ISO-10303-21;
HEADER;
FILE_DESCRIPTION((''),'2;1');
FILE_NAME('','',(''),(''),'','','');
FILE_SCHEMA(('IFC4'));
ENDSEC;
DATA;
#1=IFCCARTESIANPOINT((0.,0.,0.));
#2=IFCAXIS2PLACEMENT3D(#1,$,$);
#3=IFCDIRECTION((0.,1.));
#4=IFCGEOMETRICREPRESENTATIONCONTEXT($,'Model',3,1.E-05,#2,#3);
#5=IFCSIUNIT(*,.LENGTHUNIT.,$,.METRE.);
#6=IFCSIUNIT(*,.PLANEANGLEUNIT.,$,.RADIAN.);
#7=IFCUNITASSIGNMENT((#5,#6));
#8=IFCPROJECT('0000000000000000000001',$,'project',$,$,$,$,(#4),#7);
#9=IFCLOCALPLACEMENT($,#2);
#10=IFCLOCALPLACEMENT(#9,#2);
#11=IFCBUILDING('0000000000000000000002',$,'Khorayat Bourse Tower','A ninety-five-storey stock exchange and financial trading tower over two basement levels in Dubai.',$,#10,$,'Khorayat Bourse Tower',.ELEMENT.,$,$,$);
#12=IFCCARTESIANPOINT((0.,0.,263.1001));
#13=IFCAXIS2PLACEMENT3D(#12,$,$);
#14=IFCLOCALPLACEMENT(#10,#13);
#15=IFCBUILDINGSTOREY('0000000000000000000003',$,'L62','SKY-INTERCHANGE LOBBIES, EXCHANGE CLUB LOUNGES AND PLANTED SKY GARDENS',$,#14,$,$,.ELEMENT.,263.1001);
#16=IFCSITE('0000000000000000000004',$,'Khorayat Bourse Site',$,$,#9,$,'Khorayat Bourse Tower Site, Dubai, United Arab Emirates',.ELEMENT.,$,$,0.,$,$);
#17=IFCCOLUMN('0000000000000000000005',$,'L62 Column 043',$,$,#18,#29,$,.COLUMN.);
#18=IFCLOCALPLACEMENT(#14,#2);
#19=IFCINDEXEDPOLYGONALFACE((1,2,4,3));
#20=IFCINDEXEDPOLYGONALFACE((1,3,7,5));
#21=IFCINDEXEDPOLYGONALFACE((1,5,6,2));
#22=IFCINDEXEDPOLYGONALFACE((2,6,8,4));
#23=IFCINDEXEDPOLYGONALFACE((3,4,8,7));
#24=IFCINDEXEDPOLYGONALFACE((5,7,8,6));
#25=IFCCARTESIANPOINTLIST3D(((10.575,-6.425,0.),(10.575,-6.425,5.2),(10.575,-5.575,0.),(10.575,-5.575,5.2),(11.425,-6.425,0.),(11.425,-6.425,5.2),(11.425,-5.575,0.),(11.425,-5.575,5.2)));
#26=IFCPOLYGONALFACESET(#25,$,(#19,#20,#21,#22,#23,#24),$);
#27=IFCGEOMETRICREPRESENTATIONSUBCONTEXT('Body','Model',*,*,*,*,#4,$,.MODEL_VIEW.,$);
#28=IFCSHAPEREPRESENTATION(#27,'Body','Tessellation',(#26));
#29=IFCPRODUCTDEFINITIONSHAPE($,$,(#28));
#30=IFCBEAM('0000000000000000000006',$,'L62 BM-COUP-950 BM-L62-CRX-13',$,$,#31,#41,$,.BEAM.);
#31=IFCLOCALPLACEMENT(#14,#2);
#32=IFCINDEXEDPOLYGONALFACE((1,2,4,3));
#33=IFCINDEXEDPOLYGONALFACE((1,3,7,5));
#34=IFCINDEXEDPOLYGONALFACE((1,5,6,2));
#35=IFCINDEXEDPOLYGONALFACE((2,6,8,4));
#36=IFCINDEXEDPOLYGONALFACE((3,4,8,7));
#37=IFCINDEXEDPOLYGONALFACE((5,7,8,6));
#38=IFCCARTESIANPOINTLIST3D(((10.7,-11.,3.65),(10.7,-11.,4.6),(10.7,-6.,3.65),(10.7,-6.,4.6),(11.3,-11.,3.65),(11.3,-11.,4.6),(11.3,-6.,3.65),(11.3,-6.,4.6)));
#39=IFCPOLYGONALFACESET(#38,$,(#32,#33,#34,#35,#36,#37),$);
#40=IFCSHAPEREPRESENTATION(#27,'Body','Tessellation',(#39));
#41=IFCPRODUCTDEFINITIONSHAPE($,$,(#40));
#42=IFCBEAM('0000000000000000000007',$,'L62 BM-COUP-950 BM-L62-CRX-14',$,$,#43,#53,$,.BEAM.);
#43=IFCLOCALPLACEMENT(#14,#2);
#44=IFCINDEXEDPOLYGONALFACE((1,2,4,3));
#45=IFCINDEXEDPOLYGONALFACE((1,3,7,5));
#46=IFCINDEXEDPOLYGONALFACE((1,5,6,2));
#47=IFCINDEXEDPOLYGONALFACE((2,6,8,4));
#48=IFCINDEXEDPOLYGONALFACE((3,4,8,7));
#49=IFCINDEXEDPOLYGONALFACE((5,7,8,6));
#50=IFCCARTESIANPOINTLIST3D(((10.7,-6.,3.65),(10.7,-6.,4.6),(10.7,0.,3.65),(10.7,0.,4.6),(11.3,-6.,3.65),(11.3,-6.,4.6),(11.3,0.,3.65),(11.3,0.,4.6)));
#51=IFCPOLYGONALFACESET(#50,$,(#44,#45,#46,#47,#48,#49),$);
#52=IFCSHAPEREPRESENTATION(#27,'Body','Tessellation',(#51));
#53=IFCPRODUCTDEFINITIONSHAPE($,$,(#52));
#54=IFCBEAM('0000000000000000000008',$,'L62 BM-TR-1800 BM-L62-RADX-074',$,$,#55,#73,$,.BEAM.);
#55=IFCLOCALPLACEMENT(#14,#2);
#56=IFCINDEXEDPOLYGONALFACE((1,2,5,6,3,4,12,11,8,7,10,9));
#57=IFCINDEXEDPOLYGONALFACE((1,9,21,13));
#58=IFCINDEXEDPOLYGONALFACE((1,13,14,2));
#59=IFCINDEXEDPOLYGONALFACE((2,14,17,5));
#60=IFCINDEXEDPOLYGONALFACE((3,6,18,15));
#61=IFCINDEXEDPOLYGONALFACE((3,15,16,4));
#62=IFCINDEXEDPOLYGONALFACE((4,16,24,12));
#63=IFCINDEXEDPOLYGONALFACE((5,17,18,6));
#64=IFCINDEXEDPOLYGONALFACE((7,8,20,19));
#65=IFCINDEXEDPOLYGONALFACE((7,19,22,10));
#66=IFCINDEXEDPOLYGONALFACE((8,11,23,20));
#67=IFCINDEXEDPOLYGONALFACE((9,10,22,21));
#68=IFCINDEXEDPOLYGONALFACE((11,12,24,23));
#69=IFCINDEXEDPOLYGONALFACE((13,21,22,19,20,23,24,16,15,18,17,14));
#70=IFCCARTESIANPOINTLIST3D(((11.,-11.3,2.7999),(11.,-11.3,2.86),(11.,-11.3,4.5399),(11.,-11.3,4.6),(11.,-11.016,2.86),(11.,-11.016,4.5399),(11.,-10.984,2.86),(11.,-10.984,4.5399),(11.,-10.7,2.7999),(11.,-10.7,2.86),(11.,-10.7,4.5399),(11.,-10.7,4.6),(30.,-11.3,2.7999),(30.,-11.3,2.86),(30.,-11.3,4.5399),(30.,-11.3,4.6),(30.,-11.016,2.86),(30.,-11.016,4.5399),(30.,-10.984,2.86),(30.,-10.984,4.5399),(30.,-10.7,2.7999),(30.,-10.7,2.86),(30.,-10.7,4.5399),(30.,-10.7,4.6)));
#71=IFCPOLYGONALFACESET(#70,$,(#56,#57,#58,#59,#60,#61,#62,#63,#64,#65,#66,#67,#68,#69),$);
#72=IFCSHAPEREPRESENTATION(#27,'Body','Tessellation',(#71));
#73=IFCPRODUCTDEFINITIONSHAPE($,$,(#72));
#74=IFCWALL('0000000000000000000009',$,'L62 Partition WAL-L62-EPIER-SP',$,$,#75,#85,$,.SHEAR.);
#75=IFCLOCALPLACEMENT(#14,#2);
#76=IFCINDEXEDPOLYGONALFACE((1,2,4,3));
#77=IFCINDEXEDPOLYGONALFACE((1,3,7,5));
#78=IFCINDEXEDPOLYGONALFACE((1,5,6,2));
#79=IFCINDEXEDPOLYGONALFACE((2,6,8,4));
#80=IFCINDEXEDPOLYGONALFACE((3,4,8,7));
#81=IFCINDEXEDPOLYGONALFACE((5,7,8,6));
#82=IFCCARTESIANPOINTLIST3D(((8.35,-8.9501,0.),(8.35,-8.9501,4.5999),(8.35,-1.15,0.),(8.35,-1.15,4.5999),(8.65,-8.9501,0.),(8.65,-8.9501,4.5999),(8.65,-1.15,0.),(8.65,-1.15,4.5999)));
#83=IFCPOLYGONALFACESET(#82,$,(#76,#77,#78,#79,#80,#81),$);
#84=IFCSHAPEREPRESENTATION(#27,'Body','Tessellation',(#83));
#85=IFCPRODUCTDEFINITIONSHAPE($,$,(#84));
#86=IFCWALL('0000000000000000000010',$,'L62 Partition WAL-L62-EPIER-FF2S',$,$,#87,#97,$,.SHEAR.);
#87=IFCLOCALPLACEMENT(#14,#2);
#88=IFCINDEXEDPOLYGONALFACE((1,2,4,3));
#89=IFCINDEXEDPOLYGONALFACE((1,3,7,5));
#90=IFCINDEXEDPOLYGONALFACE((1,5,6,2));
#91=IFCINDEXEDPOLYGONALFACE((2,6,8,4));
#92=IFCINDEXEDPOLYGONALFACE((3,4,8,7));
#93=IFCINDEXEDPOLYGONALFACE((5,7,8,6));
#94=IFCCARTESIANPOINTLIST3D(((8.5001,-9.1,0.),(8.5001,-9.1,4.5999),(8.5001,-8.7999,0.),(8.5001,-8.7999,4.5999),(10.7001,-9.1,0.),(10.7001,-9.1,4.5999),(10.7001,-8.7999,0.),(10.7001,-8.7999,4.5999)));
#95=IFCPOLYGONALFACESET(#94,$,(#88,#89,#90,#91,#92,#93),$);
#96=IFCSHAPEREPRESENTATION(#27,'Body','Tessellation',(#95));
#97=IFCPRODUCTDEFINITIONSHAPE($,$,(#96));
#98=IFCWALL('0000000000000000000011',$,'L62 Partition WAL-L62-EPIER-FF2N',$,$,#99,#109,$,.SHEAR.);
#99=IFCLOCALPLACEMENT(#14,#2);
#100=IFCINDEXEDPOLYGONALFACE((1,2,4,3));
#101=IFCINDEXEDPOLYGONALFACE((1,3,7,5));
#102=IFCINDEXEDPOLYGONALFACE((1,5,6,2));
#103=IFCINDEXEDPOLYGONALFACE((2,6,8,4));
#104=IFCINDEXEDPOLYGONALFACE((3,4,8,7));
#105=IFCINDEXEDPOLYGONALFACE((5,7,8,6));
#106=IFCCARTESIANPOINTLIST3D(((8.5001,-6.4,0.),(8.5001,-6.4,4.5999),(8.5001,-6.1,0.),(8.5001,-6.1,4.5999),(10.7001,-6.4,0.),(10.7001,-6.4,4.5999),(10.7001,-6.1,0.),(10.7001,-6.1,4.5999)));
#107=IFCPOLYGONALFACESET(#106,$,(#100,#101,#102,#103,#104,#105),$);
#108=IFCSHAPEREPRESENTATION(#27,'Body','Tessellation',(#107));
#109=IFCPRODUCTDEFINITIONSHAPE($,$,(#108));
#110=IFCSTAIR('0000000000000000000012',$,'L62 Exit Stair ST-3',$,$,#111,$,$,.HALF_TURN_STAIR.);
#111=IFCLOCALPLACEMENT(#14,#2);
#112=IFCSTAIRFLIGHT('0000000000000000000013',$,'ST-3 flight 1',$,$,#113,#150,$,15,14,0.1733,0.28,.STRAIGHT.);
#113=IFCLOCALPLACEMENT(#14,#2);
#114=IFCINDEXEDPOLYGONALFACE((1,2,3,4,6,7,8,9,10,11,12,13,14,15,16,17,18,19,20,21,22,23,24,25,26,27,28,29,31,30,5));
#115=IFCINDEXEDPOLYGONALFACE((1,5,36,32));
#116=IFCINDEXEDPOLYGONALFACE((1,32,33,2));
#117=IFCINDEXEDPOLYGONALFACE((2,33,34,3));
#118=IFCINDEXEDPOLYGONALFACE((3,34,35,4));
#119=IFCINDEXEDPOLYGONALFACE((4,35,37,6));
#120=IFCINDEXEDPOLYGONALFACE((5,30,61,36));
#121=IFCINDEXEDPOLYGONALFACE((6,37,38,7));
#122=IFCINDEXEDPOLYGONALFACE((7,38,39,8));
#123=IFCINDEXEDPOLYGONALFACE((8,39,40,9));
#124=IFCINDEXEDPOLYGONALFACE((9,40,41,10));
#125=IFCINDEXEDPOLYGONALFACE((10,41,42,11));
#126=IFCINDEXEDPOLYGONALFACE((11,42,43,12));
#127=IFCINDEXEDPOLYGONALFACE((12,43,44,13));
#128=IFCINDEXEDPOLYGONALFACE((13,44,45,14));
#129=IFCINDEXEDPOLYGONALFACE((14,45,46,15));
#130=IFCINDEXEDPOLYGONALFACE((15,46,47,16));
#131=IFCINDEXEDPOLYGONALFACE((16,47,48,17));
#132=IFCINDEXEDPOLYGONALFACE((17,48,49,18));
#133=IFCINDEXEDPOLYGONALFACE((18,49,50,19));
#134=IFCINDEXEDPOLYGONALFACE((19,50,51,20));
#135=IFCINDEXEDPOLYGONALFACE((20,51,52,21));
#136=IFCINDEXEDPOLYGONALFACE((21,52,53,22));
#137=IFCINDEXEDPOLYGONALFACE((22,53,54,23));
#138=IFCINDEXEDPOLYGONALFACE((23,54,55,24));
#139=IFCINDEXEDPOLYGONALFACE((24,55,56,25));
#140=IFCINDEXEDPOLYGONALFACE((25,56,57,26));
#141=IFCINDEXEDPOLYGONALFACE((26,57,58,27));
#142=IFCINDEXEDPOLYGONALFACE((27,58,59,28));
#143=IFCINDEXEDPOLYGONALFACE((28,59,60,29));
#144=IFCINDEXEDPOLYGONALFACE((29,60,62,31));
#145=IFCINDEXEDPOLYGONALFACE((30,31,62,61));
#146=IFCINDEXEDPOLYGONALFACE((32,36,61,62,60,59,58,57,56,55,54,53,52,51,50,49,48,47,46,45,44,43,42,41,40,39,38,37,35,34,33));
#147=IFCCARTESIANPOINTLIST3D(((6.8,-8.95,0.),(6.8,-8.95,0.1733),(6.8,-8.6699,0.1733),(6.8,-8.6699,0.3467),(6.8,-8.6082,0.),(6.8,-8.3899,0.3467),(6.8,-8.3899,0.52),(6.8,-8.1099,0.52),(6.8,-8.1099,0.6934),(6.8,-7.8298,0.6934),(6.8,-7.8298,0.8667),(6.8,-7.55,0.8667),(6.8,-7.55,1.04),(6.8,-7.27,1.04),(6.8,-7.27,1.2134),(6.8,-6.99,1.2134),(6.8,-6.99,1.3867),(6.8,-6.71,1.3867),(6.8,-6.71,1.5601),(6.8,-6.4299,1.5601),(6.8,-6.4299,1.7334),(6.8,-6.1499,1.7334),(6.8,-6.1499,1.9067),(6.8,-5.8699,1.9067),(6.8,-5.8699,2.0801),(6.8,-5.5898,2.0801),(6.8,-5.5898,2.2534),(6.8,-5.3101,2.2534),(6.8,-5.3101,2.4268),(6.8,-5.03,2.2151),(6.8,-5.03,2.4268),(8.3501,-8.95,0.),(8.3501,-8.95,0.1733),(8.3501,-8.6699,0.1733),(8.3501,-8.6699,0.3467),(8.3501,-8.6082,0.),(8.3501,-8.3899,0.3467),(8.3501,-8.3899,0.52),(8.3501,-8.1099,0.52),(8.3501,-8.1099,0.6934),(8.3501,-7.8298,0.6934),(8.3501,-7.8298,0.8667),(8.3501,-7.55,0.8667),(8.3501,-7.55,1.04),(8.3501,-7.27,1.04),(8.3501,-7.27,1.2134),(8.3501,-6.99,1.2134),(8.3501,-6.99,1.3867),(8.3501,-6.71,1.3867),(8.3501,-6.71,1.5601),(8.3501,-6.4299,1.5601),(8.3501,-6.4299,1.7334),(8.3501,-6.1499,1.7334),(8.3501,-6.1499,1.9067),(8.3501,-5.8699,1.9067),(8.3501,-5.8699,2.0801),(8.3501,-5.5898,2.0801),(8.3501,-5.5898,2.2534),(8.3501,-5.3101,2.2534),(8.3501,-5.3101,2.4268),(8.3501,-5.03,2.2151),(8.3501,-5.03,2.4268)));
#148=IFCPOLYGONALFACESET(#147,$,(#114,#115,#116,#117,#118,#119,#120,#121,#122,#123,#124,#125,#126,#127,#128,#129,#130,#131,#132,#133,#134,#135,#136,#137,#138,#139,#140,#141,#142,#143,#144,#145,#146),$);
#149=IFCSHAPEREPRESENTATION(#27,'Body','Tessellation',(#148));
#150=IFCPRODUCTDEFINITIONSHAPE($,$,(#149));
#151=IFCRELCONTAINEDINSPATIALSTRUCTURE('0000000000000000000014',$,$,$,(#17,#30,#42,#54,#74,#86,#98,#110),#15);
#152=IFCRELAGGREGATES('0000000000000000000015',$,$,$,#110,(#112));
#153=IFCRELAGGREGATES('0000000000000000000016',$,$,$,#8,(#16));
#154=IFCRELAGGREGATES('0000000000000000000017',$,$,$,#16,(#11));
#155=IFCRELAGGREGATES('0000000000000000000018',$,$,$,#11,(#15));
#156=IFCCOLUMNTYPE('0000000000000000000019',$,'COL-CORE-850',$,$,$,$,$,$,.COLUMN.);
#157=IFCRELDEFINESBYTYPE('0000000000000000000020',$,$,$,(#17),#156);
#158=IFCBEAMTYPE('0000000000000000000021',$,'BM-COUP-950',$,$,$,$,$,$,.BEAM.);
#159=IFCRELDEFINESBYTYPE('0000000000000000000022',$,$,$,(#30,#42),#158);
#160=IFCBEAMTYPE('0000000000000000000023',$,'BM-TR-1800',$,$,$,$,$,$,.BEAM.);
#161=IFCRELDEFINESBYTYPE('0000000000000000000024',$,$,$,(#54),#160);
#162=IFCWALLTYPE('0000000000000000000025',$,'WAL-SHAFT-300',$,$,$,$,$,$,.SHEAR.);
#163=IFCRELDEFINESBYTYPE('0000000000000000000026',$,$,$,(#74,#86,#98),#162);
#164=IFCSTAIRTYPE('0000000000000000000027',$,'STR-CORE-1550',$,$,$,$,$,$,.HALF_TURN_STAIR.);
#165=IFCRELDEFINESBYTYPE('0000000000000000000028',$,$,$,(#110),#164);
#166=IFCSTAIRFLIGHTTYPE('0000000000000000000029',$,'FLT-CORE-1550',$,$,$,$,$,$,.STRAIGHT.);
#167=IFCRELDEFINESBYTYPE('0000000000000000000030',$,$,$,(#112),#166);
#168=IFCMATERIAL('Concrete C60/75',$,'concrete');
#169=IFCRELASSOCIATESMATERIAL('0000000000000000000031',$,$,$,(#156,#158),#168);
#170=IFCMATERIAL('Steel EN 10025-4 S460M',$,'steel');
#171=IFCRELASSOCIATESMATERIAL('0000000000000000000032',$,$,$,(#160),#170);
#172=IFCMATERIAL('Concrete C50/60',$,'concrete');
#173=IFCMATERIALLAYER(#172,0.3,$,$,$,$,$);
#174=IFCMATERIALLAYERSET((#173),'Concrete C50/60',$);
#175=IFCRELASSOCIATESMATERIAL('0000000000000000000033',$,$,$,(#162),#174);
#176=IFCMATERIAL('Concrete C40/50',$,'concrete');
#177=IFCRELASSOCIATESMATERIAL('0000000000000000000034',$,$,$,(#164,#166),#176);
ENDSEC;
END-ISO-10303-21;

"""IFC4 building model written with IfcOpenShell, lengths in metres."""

from ifc_helpers import new_model, si_unit, direction, frame, frame_2d, origin, origin_2d, place, context, subcontext, project, spatial, polyline, rectangle, i_section, outline, extrude, source, transform, mapped, material, layer, layer_set, material_profile, profile_set, type_object, element, aggregate, save


model = new_model("IFC4")

# Units and contexts
model_context = context("Model", 3, precision=1e-05, world=origin(), true_north=direction((0.0, 1.0)))
body_context = subcontext(model_context, "Body", "Model", "MODEL_VIEW")
ifc_project = project(units=[si_unit("LENGTHUNIT", "METRE"), si_unit("PLANEANGLEUNIT", "RADIAN")], contexts=[model_context])

# Site, building, storey
site_placement = place(None, origin())
site = spatial("IfcSite", under=ifc_project, at=site_placement, Name="Khorayat Bourse Site", LongName="Khorayat Bourse Tower Site, Dubai, United Arab Emirates", CompositionType="ELEMENT", RefElevation=0.0)
building_placement = place(site_placement, origin())
building = spatial("IfcBuilding", under=site, at=building_placement, Name="Khorayat Bourse Tower", Description="A ninety-five-storey stock exchange and financial trading tower over two basement levels in Dubai.", LongName="Khorayat Bourse Tower", CompositionType="ELEMENT")
storey_placement = place(building_placement, frame((0.0, 0.0, 263.1001)))
storey = spatial("IfcBuildingStorey", under=building, at=storey_placement, Name="L62", Description="SKY-INTERCHANGE LOBBIES, EXCHANGE CLUB LOUNGES AND PLANTED SKY GARDENS", CompositionType="ELEMENT", Elevation=263.1001)

# Column
ifc_material_1 = material(Name="Concrete C60/75", Category="concrete")
ifc_material_profile_1 = material_profile(ifc_material_1, rectangle(XDim=0.8501, YDim=0.8501, at=origin_2d()), Name="RC 850x850")
ifc_profile_set_1 = profile_set([ifc_material_profile_1], Name="Concrete C60/75")
column_type = type_object("IfcColumnType", Name="COL-CORE-850", PredefinedType="COLUMN", material=ifc_profile_set_1)
shared_shape_1 = source(origin(), body_context, "Body", "SweptSolid", [
    extrude(rectangle(XDim=0.8501, YDim=0.8501, at=origin_2d()), origin(), (0.0, 0.0, 1.0), 5.2),
])
column_placement = place(storey_placement, frame((11.0, -6.0, 0.0), z_axis=(0.0, 0.0, 1.0), x_axis=(1.0, 0.0, 0.0)))
element("IfcColumn", 1, at=column_placement, inside=storey, type_object=column_type, Name="L62 Column 043", PredefinedType="COLUMN", context=body_context, shape_type="MappedRepresentation", body=[
    mapped(shared_shape_1, transform((0.0, 0.0, 0.0), scale=1.0)),
])

# Beams
ifc_material_profile_2 = material_profile(ifc_material_1, rectangle(XDim=0.6001, YDim=0.95, at=origin_2d()), Name="RC 600x950")
ifc_profile_set_2 = profile_set([ifc_material_profile_2], Name="Concrete C60/75")
beam_type_1 = type_object("IfcBeamType", Name="BM-COUP-950", PredefinedType="BEAM", material=ifc_profile_set_2)
shared_shape_2 = source(origin(), body_context, "Body", "SweptSolid", [
    extrude(rectangle(XDim=0.6001, YDim=0.95, at=origin_2d()), origin(), (0.0, 0.0, 1.0), 5.0),
])
beam_1_placement = place(storey_placement, frame((11.0, -11.0, 4.125), z_axis=(0.0, 1.0, 0.0), x_axis=(-1.0, 0.0, 0.0)))
element("IfcBeam", 2, at=beam_1_placement, inside=storey, type_object=beam_type_1, Name="L62 BM-COUP-950 BM-L62-CRX-13", PredefinedType="BEAM", context=body_context, shape_type="MappedRepresentation", body=[
    mapped(shared_shape_2, transform((0.0, 0.0, 0.0), scale=1.0)),
])
shared_shape_3 = source(origin(), body_context, "Body", "SweptSolid", [
    extrude(rectangle(XDim=0.6001, YDim=0.95, at=origin_2d()), origin(), (0.0, 0.0, 1.0), 6.0),
])
beam_2_placement = place(storey_placement, frame((11.0, -6.0, 4.125), z_axis=(0.0, 1.0, 0.0), x_axis=(-1.0, 0.0, 0.0)))
element("IfcBeam", 3, at=beam_2_placement, inside=storey, type_object=beam_type_1, Name="L62 BM-COUP-950 BM-L62-CRX-14", PredefinedType="BEAM", context=body_context, shape_type="MappedRepresentation", body=[
    mapped(shared_shape_3, transform((0.0, 0.0, 0.0), scale=1.0)),
])
ifc_material_2 = material(Name="Steel EN 10025-4 S460M", Category="steel")
ifc_material_profile_3 = material_profile(ifc_material_2, i_section(OverallWidth=0.6001, OverallDepth=1.8, WebThickness=0.032, FlangeThickness=0.0601, at=origin_2d()), Name="PG 1800x600x32x60")
ifc_profile_set_3 = profile_set([ifc_material_profile_3], Name="Steel EN 10025-4 S460M")
beam_type_2 = type_object("IfcBeamType", Name="BM-TR-1800", PredefinedType="BEAM", material=ifc_profile_set_3)
shared_shape_4 = source(origin(), body_context, "Body", "SweptSolid", [
    extrude(i_section(OverallWidth=0.6001, OverallDepth=1.8, WebThickness=0.032, FlangeThickness=0.0601, at=origin_2d()), origin(), (0.0, 0.0, 1.0), 19.0),
])
beam_3_placement = place(storey_placement, frame((11.0, -11.0, 3.7), z_axis=(1.0, 0.0, 0.0), x_axis=(0.0, 1.0, 0.0)))
element("IfcBeam", 4, at=beam_3_placement, inside=storey, type_object=beam_type_2, Name="L62 BM-TR-1800 BM-L62-RADX-074", PredefinedType="BEAM", context=body_context, shape_type="MappedRepresentation", body=[
    mapped(shared_shape_4, transform((0.0, 0.0, 0.0), scale=1.0)),
])

# Walls
ifc_material_3 = material(Name="Concrete C50/60", Category="concrete")
ifc_layer = layer(ifc_material_3, 0.3)
ifc_layer_set = layer_set([ifc_layer], Name="Concrete C50/60")
wall_type = type_object("IfcWallType", Name="WAL-SHAFT-300", PredefinedType="SHEAR", material=ifc_layer_set)
shared_shape_5 = source(origin(), body_context, "Body", "SweptSolid", [
    extrude(rectangle(XDim=7.8, YDim=0.3, at=frame_2d((3.8999, 0.0))), origin(), (0.0, 0.0, 1.0), 4.5999),
])
wall_placement = place(storey_placement, frame((8.5, -8.95, 0.0), z_axis=(0.0, 0.0, 1.0), x_axis=(0.0, 1.0, 0.0)))
element("IfcWall", 5, at=wall_placement, inside=storey, type_object=wall_type, Name="L62 Partition WAL-L62-EPIER-SP", PredefinedType="SHEAR", context=body_context, shape_type="MappedRepresentation", body=[
    mapped(shared_shape_5, transform((0.0, 0.0, 0.0), scale=1.0)),
])
shared_shape_6 = source(origin(), body_context, "Body", "SweptSolid", [
    extrude(rectangle(XDim=2.2, YDim=0.3, at=frame_2d((1.1001, 0.0))), origin(), (0.0, 0.0, 1.0), 4.5999),
])
for number, where, z_axis, x_axis, name in (
    (6, (8.5, -8.95, 0.0), (0.0, 0.0, 1.0), (1.0, 0.0, 0.0), "L62 Partition WAL-L62-EPIER-FF2S"),
    (7, (8.5, -6.25, 0.0), (0.0, 0.0, 1.0), (1.0, 0.0, 0.0), "L62 Partition WAL-L62-EPIER-FF2N"),
):
    element("IfcWall", number, at=place(storey_placement, frame(where, z_axis=z_axis, x_axis=x_axis)), inside=storey, type_object=wall_type, Name=name, PredefinedType="SHEAR", context=body_context, shape_type="MappedRepresentation", body=[
        mapped(shared_shape_6, transform((0.0, 0.0, 0.0), scale=1.0)),
    ])

# Stair, stair flight
ifc_material_4 = material(Name="Concrete C40/50", Category="concrete")
stair_type = type_object("IfcStairType", Name="STR-CORE-1550", PredefinedType="HALF_TURN_STAIR", material=ifc_material_4)
stair_placement = place(storey_placement, origin())
stair = element("IfcStair", 8, at=stair_placement, inside=storey, type_object=stair_type, Name="L62 Exit Stair ST-3", PredefinedType="HALF_TURN_STAIR")
stair_flight_type = type_object("IfcStairFlightType", Name="FLT-CORE-1550", PredefinedType="STRAIGHT", material=ifc_material_4)
shared_shape_7 = source(origin(), body_context, "Body", "SweptSolid", [
    extrude(outline(polyline([(0.0, 0.0), (0.0, 0.1733), (0.28, 0.1733), (0.28, 0.3467), (0.5601, 0.3467), (0.5601, 0.52), (0.8401, 0.52), (0.8401, 0.6934), (1.1201, 0.6934), (1.1201, 0.8667), (1.3999, 0.8667), (1.3999, 1.04), (1.6799, 1.04), (1.6799, 1.2134), (1.96, 1.2134), (1.96, 1.3867), (2.24, 1.3867), (2.24, 1.5601), (2.52, 1.5601), (2.52, 1.7334), (2.8, 1.7334), (2.8, 1.9067), (3.0801, 1.9067), (3.0801, 2.0801), (3.3601, 2.0801), (3.3601, 2.2534), (3.6399, 2.2534), (3.6399, 2.4268), (3.9199, 2.4268), (3.9199, 2.6001), (3.9199, 2.2151), (0.3418, 0.0), (0.0, 0.0)])), frame((0.0, 0.7749, 0.0), z_axis=(0.0, -1.0, 0.0), x_axis=(1.0, 0.0, 0.0)), (0.0, 0.0, 1.0), 1.55),
])
stair_flight_1_placement = place(storey_placement, frame((7.575, -8.95, 0.0), z_axis=(0.0, 0.0, 1.0), x_axis=(0.0, 1.0, 0.0)))
stair_flight_1 = element("IfcStairFlight", 9, at=stair_flight_1_placement, type_object=stair_flight_type, Name="ST-3 flight 1", NumberOfRisers=15, NumberOfTreads=14, PredefinedType="STRAIGHT", RiserHeight=0.1733, TreadLength=0.28, context=body_context, shape_type="MappedRepresentation", body=[
    mapped(shared_shape_7, transform((0.0, 0.0, 0.0), scale=1.0)),
])
aggregate(stair, [stair_flight_1])

save(model, "model.ifc")
